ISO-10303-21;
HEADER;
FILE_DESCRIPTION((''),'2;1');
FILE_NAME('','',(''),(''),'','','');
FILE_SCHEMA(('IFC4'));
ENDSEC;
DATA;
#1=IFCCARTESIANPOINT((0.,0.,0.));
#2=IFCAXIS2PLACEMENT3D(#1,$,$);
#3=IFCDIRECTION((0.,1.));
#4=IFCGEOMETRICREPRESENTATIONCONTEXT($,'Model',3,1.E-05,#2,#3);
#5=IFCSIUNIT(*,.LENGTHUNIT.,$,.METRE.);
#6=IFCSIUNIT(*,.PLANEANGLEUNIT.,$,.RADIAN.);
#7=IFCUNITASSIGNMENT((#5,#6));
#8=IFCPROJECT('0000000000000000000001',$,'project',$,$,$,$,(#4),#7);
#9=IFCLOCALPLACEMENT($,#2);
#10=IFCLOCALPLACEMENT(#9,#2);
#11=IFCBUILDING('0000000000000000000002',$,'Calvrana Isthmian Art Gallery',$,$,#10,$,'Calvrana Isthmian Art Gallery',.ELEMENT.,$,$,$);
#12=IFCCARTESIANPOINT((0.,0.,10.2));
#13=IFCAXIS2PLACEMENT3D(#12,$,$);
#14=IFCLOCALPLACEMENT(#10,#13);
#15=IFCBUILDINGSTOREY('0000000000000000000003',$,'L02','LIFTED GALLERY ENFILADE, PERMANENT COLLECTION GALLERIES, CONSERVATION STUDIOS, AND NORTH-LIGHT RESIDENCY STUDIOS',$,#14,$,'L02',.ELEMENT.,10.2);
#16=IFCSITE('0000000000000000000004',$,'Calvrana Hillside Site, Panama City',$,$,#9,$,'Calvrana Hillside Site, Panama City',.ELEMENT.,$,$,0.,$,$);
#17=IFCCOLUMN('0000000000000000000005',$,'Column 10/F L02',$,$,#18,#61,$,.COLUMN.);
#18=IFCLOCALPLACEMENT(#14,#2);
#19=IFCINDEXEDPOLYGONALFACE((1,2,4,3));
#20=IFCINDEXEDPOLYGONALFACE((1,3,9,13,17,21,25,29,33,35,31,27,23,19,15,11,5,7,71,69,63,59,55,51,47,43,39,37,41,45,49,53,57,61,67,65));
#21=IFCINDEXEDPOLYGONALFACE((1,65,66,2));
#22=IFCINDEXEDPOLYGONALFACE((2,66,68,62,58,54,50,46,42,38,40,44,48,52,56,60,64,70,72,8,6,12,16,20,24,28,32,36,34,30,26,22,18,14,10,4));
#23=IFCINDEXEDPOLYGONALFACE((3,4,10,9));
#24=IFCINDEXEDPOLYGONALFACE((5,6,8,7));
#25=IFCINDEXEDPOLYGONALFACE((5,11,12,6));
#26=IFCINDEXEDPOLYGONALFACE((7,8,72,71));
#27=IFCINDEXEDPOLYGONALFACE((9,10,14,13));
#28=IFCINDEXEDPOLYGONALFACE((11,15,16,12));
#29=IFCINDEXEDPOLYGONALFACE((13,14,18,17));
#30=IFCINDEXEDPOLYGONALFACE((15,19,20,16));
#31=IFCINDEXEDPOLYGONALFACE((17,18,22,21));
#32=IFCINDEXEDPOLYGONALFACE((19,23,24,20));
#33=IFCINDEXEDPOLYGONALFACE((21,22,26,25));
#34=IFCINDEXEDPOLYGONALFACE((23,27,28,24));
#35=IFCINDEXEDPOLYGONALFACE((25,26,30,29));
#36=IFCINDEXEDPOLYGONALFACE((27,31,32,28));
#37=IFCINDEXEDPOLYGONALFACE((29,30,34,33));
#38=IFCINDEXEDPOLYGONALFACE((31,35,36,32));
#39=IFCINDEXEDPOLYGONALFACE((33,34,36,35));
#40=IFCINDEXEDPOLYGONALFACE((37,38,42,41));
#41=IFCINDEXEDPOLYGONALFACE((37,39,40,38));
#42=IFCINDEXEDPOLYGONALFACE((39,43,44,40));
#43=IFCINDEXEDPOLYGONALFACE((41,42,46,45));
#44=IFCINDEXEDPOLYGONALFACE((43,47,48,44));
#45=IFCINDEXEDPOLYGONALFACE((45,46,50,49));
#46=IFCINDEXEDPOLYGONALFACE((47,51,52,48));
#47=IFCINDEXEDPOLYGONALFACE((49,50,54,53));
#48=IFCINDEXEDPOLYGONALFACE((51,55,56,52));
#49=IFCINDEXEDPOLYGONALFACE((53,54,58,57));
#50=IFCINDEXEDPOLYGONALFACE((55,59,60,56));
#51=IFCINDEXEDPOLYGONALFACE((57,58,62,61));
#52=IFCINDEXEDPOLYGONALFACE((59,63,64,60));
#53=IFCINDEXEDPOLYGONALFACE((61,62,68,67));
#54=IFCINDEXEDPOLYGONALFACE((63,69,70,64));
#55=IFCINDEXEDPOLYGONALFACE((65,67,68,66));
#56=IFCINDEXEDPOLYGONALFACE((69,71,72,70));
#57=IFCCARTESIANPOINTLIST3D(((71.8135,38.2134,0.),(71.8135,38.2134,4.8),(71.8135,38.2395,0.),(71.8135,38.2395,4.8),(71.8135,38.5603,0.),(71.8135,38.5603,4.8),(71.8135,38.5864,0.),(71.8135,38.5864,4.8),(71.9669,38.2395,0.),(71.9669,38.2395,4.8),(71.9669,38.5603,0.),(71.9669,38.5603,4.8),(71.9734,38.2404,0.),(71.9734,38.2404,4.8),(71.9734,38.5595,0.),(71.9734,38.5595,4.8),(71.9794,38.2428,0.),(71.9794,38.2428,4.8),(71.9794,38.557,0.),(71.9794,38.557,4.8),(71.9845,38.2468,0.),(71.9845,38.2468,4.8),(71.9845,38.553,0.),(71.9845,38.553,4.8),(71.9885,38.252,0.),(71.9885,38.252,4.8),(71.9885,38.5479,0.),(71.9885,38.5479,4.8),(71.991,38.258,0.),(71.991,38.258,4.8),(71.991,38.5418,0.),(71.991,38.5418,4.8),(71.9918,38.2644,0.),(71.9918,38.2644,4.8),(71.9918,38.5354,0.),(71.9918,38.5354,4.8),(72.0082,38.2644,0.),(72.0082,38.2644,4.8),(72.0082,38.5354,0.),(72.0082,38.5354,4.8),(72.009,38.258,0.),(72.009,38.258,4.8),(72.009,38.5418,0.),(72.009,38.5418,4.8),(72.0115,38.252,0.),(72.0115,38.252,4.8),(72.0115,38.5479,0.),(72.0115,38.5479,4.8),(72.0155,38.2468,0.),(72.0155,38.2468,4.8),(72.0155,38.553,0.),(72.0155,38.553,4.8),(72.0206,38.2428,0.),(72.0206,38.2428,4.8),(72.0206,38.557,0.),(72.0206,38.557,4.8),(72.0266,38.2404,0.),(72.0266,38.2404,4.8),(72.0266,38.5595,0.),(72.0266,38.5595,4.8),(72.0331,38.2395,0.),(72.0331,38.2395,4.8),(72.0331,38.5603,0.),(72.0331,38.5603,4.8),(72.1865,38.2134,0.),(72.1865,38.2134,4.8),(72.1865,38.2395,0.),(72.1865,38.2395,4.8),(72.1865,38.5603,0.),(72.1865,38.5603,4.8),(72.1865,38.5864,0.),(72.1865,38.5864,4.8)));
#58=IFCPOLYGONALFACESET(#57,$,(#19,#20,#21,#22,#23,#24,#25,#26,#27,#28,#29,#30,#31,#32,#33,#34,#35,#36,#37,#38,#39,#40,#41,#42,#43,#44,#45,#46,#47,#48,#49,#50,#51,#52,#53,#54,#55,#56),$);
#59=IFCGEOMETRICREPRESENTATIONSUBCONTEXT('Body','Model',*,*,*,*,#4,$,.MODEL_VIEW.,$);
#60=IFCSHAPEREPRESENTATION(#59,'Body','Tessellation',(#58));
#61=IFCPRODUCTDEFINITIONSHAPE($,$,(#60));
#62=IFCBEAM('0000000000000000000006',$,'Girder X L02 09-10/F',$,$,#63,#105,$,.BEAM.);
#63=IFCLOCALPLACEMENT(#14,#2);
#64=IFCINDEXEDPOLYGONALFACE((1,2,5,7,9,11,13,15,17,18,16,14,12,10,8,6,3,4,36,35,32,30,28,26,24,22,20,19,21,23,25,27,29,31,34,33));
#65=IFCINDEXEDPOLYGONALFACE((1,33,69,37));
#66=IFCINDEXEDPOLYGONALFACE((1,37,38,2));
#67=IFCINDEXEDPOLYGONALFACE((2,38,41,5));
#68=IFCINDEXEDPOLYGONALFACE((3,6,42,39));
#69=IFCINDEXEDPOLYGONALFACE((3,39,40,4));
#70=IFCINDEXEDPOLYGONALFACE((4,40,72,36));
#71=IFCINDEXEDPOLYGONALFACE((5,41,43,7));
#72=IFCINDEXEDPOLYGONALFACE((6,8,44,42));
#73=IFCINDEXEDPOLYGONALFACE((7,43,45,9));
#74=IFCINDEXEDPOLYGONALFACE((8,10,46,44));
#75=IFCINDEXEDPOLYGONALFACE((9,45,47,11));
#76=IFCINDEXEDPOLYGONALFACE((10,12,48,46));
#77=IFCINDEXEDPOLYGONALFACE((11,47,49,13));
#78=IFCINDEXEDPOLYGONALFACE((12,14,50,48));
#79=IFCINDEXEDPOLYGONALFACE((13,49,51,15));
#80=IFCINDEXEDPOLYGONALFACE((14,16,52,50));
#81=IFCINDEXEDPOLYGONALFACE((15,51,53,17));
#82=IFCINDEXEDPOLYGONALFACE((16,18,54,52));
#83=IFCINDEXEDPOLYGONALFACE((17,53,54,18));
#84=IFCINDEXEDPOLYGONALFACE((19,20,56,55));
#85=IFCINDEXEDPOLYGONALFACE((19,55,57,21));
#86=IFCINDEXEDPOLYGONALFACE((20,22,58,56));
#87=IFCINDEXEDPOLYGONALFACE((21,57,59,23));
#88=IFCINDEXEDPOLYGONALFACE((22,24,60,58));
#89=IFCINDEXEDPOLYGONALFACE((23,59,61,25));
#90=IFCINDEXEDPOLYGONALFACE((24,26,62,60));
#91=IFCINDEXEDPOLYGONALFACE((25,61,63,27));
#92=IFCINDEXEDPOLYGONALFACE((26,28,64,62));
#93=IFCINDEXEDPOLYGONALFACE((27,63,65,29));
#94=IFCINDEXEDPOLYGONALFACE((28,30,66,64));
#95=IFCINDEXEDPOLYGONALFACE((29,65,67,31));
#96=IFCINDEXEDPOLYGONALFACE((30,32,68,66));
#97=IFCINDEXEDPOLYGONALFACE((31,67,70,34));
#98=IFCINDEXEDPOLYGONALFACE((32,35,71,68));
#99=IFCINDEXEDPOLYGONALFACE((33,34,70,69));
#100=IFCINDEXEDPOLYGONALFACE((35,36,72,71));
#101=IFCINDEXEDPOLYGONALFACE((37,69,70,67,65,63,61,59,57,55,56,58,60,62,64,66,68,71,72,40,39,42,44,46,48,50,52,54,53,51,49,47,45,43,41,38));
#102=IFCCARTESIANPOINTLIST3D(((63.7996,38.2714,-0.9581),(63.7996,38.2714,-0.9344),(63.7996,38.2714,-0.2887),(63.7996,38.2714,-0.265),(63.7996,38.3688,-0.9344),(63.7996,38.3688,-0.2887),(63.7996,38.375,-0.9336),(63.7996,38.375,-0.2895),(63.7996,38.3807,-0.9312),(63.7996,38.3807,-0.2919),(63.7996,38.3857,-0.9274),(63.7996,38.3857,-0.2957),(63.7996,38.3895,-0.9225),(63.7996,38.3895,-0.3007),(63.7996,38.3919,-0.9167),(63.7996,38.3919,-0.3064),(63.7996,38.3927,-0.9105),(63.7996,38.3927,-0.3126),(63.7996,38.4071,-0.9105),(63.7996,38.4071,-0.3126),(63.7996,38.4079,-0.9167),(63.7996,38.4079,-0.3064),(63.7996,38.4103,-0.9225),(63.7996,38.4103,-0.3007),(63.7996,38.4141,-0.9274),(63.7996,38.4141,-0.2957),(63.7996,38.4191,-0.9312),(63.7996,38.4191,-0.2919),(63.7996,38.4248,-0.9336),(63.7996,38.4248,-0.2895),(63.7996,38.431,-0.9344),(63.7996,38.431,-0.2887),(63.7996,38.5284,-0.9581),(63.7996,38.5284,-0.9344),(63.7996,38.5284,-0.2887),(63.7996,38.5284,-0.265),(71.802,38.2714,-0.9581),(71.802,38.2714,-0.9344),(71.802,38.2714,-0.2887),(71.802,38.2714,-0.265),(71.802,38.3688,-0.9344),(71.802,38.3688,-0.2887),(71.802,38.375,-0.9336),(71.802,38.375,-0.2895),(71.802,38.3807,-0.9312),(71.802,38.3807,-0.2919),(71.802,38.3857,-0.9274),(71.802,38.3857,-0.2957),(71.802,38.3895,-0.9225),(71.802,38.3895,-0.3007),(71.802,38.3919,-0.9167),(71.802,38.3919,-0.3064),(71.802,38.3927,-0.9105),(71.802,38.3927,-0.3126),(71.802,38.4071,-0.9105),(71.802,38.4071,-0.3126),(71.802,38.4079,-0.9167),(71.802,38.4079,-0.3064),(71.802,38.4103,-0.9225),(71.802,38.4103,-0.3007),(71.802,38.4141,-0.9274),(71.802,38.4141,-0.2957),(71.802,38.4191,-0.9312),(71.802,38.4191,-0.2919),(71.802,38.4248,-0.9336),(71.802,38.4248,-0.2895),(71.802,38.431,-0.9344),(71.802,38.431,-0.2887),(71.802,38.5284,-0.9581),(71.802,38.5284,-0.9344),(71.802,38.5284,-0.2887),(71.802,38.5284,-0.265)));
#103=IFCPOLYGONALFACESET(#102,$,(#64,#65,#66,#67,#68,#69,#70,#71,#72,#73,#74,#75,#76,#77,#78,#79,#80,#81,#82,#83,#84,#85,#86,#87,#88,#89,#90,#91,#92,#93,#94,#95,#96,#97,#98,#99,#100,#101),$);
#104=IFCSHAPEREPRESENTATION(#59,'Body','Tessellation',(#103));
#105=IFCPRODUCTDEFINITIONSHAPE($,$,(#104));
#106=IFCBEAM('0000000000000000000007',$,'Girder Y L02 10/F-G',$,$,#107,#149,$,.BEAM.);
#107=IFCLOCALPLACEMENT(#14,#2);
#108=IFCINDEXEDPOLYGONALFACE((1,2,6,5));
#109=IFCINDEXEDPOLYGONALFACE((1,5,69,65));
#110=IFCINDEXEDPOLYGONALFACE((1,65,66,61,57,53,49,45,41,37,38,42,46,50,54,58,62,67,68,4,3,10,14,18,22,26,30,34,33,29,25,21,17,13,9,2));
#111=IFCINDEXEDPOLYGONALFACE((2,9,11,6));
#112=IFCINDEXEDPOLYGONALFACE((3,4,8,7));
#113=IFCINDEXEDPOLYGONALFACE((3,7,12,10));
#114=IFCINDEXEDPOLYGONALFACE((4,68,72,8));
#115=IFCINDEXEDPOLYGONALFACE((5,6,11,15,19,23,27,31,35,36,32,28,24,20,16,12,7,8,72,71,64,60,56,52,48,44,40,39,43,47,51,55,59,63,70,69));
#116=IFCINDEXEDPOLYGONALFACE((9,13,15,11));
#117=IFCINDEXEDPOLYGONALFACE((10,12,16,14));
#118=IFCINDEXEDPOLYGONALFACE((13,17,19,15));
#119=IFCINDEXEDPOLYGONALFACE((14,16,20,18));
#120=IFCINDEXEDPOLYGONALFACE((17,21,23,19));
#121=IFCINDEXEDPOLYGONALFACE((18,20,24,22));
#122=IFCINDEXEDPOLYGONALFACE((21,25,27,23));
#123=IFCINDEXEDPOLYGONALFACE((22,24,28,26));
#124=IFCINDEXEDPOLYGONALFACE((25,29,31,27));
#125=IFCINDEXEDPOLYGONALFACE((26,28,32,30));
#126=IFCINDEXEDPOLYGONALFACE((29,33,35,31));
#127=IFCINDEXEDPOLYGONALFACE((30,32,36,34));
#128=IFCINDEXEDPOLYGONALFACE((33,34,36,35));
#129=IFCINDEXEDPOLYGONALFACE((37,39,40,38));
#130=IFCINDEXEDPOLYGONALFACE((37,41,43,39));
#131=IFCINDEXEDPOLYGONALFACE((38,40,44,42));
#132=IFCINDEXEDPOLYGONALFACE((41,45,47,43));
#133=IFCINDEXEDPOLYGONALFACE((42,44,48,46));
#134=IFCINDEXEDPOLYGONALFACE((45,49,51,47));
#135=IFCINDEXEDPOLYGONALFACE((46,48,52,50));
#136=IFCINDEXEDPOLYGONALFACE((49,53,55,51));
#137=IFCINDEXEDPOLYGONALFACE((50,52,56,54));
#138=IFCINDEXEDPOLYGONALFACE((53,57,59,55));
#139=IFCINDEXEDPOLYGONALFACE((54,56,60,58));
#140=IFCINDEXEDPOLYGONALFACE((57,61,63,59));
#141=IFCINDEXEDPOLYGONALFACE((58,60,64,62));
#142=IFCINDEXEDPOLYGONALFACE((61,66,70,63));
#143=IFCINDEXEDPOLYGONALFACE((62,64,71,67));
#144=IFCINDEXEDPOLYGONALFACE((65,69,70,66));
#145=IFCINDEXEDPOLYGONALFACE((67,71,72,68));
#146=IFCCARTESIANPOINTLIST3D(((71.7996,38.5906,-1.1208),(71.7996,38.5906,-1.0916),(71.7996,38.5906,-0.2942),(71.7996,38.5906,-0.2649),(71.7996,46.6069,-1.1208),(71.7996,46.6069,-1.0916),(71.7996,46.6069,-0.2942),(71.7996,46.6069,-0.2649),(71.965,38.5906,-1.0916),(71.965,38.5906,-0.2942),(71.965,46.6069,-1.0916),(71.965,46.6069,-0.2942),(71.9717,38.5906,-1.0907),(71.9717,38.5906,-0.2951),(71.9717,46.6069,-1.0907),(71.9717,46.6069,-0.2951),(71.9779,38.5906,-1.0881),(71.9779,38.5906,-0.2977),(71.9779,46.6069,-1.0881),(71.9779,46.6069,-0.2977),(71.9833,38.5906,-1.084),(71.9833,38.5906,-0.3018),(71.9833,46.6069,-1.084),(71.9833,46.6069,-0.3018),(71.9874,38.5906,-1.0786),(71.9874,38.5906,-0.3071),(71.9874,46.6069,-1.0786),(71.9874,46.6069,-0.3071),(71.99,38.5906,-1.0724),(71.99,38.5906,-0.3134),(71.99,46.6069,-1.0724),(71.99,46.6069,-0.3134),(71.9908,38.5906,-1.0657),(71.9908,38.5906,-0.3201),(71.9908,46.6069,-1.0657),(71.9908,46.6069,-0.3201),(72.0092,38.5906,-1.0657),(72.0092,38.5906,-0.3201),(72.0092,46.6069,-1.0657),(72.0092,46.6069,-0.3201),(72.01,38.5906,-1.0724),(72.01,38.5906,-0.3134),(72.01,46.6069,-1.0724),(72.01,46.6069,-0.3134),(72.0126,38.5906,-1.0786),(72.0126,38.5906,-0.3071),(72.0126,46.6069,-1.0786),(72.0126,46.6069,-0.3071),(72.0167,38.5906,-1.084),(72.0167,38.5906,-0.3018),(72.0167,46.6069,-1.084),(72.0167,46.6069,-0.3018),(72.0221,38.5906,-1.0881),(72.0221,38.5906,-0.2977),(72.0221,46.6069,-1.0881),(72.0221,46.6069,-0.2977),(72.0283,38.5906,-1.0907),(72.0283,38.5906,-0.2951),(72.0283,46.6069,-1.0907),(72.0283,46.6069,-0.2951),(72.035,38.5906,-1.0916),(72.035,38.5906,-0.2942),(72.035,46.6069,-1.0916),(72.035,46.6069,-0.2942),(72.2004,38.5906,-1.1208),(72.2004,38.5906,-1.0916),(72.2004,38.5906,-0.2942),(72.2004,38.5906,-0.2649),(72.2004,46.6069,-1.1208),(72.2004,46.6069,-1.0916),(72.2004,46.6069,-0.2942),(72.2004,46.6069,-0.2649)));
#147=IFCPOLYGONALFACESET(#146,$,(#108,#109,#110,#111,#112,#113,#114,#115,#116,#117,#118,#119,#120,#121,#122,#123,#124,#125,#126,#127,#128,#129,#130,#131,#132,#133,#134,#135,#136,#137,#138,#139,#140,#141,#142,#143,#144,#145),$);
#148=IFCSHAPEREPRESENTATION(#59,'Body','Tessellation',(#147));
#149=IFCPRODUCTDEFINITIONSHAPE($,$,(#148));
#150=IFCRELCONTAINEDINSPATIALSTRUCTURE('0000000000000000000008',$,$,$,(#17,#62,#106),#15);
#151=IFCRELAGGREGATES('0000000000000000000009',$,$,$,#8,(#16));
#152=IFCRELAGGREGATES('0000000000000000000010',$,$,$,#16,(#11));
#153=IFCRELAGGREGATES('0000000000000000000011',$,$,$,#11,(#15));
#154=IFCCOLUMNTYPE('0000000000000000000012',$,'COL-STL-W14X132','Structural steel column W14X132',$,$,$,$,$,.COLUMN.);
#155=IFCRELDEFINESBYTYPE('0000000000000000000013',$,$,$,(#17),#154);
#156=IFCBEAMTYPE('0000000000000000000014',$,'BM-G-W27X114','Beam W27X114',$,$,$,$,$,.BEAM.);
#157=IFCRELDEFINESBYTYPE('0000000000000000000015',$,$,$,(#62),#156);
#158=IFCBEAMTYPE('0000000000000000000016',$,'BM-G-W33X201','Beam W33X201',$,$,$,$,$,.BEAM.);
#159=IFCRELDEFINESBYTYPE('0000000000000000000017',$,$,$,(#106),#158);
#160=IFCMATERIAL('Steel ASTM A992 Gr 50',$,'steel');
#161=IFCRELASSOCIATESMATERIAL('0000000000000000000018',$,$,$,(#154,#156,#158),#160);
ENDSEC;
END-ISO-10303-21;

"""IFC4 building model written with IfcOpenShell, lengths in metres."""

from ifc_helpers import new_model, si_unit, direction, frame, origin, origin_2d, place, context, subcontext, project, spatial, i_section, extrude, material, material_profile, profile_set, type_object, element, save


model = new_model("IFC4")

# Units and contexts
model_context = context("Model", 3, precision=1e-05, world=origin(), true_north=direction((0.0, 1.0)))
body_context = subcontext(model_context, "Body", "Model", "MODEL_VIEW")
ifc_project = project(units=[si_unit("LENGTHUNIT", "METRE"), si_unit("PLANEANGLEUNIT", "RADIAN")], contexts=[model_context])

# Site, building, storey
site_placement = place(None, origin())
site = spatial("IfcSite", under=ifc_project, at=site_placement, Name="Calvrana Hillside Site, Panama City", LongName="Calvrana Hillside Site, Panama City", CompositionType="ELEMENT", RefElevation=0.0)
building_placement = place(site_placement, origin())
building = spatial("IfcBuilding", under=site, at=building_placement, Name="Calvrana Isthmian Art Gallery", LongName="Calvrana Isthmian Art Gallery", CompositionType="ELEMENT")
storey_placement = place(building_placement, frame((0.0, 0.0, 10.2)))
storey = spatial("IfcBuildingStorey", under=building, at=storey_placement, Name="L02", Description="LIFTED GALLERY ENFILADE, PERMANENT COLLECTION GALLERIES, CONSERVATION STUDIOS, AND NORTH-LIGHT RESIDENCY STUDIOS", LongName="L02", CompositionType="ELEMENT", Elevation=10.2)

# Column
ifc_material_1 = material(Name="Steel ASTM A992 Gr 50", Category="steel")
ifc_material_profile_1 = material_profile(ifc_material_1, i_section(OverallWidth=0.373, OverallDepth=0.373, WebThickness=0.0164, FlangeThickness=0.0261, FilletRadius=0.0249, at=origin_2d()), Name="W14X132")
ifc_profile_set_1 = profile_set([ifc_material_profile_1], Name="Steel ASTM A992 Gr 50")
column_type = type_object("IfcColumnType", Name="COL-STL-W14X132", Description="Structural steel column W14X132", PredefinedType="COLUMN", material=ifc_profile_set_1)
column_placement = place(storey_placement, frame((72.0, 38.3999, 0.0), z_axis=(0.0, 0.0, 1.0), x_axis=(1.0, 0.0, 0.0)))
element("IfcColumn", 1, at=column_placement, inside=storey, type_object=column_type, Name="Column 10/F L02", PredefinedType="COLUMN", context=body_context, shape_type="SweptSolid", body=[
    extrude(i_section(OverallWidth=0.373, OverallDepth=0.373, WebThickness=0.0164, FlangeThickness=0.0261, FilletRadius=0.0249, at=origin_2d()), origin(), (0.0, 0.0, 1.0), 4.8),
])

# Beams
ifc_material_profile_2 = material_profile(ifc_material_1, i_section(OverallWidth=0.2571, OverallDepth=0.6931, WebThickness=0.0144, FlangeThickness=0.0237, FilletRadius=0.0239, at=origin_2d()), Name="W27X114")
ifc_profile_set_2 = profile_set([ifc_material_profile_2], Name="Steel ASTM A992 Gr 50")
beam_type_1 = type_object("IfcBeamType", Name="BM-G-W27X114", Description="Beam W27X114", PredefinedType="BEAM", material=ifc_profile_set_2)
beam_1_placement = place(storey_placement, frame((63.7996, 38.3999, -0.6116), z_axis=(1.0, 0.0, 0.0), x_axis=(0.0, 1.0, 0.0)))
element("IfcBeam", 2, at=beam_1_placement, inside=storey, type_object=beam_type_1, Name="Girder X L02 09-10/F", PredefinedType="BEAM", context=body_context, shape_type="SweptSolid", body=[
    extrude(i_section(OverallWidth=0.2571, OverallDepth=0.6931, WebThickness=0.0144, FlangeThickness=0.0237, FilletRadius=0.0239, at=origin_2d()), origin(), (0.0, 0.0, 1.0), 8.0024),
])
ifc_material_profile_3 = material_profile(ifc_material_1, i_section(OverallWidth=0.4009, OverallDepth=0.856, WebThickness=0.0183, FlangeThickness=0.0293, FilletRadius=0.0259, at=origin_2d()), Name="W33X201")
ifc_profile_set_3 = profile_set([ifc_material_profile_3], Name="Steel ASTM A992 Gr 50")
beam_type_2 = type_object("IfcBeamType", Name="BM-G-W33X201", Description="Beam W33X201", PredefinedType="BEAM", material=ifc_profile_set_3)
beam_2_placement = place(storey_placement, frame((72.0, 38.5906, -0.6929), z_axis=(0.0, 1.0, 0.0), x_axis=(-1.0, 0.0, 0.0)))
element("IfcBeam", 3, at=beam_2_placement, inside=storey, type_object=beam_type_2, Name="Girder Y L02 10/F-G", PredefinedType="BEAM", context=body_context, shape_type="SweptSolid", body=[
    extrude(i_section(OverallWidth=0.4009, OverallDepth=0.856, WebThickness=0.0183, FlangeThickness=0.0293, FilletRadius=0.0259, at=origin_2d()), origin(), (0.0, 0.0, 1.0), 8.0164),
])

save(model, "model.ifc")
